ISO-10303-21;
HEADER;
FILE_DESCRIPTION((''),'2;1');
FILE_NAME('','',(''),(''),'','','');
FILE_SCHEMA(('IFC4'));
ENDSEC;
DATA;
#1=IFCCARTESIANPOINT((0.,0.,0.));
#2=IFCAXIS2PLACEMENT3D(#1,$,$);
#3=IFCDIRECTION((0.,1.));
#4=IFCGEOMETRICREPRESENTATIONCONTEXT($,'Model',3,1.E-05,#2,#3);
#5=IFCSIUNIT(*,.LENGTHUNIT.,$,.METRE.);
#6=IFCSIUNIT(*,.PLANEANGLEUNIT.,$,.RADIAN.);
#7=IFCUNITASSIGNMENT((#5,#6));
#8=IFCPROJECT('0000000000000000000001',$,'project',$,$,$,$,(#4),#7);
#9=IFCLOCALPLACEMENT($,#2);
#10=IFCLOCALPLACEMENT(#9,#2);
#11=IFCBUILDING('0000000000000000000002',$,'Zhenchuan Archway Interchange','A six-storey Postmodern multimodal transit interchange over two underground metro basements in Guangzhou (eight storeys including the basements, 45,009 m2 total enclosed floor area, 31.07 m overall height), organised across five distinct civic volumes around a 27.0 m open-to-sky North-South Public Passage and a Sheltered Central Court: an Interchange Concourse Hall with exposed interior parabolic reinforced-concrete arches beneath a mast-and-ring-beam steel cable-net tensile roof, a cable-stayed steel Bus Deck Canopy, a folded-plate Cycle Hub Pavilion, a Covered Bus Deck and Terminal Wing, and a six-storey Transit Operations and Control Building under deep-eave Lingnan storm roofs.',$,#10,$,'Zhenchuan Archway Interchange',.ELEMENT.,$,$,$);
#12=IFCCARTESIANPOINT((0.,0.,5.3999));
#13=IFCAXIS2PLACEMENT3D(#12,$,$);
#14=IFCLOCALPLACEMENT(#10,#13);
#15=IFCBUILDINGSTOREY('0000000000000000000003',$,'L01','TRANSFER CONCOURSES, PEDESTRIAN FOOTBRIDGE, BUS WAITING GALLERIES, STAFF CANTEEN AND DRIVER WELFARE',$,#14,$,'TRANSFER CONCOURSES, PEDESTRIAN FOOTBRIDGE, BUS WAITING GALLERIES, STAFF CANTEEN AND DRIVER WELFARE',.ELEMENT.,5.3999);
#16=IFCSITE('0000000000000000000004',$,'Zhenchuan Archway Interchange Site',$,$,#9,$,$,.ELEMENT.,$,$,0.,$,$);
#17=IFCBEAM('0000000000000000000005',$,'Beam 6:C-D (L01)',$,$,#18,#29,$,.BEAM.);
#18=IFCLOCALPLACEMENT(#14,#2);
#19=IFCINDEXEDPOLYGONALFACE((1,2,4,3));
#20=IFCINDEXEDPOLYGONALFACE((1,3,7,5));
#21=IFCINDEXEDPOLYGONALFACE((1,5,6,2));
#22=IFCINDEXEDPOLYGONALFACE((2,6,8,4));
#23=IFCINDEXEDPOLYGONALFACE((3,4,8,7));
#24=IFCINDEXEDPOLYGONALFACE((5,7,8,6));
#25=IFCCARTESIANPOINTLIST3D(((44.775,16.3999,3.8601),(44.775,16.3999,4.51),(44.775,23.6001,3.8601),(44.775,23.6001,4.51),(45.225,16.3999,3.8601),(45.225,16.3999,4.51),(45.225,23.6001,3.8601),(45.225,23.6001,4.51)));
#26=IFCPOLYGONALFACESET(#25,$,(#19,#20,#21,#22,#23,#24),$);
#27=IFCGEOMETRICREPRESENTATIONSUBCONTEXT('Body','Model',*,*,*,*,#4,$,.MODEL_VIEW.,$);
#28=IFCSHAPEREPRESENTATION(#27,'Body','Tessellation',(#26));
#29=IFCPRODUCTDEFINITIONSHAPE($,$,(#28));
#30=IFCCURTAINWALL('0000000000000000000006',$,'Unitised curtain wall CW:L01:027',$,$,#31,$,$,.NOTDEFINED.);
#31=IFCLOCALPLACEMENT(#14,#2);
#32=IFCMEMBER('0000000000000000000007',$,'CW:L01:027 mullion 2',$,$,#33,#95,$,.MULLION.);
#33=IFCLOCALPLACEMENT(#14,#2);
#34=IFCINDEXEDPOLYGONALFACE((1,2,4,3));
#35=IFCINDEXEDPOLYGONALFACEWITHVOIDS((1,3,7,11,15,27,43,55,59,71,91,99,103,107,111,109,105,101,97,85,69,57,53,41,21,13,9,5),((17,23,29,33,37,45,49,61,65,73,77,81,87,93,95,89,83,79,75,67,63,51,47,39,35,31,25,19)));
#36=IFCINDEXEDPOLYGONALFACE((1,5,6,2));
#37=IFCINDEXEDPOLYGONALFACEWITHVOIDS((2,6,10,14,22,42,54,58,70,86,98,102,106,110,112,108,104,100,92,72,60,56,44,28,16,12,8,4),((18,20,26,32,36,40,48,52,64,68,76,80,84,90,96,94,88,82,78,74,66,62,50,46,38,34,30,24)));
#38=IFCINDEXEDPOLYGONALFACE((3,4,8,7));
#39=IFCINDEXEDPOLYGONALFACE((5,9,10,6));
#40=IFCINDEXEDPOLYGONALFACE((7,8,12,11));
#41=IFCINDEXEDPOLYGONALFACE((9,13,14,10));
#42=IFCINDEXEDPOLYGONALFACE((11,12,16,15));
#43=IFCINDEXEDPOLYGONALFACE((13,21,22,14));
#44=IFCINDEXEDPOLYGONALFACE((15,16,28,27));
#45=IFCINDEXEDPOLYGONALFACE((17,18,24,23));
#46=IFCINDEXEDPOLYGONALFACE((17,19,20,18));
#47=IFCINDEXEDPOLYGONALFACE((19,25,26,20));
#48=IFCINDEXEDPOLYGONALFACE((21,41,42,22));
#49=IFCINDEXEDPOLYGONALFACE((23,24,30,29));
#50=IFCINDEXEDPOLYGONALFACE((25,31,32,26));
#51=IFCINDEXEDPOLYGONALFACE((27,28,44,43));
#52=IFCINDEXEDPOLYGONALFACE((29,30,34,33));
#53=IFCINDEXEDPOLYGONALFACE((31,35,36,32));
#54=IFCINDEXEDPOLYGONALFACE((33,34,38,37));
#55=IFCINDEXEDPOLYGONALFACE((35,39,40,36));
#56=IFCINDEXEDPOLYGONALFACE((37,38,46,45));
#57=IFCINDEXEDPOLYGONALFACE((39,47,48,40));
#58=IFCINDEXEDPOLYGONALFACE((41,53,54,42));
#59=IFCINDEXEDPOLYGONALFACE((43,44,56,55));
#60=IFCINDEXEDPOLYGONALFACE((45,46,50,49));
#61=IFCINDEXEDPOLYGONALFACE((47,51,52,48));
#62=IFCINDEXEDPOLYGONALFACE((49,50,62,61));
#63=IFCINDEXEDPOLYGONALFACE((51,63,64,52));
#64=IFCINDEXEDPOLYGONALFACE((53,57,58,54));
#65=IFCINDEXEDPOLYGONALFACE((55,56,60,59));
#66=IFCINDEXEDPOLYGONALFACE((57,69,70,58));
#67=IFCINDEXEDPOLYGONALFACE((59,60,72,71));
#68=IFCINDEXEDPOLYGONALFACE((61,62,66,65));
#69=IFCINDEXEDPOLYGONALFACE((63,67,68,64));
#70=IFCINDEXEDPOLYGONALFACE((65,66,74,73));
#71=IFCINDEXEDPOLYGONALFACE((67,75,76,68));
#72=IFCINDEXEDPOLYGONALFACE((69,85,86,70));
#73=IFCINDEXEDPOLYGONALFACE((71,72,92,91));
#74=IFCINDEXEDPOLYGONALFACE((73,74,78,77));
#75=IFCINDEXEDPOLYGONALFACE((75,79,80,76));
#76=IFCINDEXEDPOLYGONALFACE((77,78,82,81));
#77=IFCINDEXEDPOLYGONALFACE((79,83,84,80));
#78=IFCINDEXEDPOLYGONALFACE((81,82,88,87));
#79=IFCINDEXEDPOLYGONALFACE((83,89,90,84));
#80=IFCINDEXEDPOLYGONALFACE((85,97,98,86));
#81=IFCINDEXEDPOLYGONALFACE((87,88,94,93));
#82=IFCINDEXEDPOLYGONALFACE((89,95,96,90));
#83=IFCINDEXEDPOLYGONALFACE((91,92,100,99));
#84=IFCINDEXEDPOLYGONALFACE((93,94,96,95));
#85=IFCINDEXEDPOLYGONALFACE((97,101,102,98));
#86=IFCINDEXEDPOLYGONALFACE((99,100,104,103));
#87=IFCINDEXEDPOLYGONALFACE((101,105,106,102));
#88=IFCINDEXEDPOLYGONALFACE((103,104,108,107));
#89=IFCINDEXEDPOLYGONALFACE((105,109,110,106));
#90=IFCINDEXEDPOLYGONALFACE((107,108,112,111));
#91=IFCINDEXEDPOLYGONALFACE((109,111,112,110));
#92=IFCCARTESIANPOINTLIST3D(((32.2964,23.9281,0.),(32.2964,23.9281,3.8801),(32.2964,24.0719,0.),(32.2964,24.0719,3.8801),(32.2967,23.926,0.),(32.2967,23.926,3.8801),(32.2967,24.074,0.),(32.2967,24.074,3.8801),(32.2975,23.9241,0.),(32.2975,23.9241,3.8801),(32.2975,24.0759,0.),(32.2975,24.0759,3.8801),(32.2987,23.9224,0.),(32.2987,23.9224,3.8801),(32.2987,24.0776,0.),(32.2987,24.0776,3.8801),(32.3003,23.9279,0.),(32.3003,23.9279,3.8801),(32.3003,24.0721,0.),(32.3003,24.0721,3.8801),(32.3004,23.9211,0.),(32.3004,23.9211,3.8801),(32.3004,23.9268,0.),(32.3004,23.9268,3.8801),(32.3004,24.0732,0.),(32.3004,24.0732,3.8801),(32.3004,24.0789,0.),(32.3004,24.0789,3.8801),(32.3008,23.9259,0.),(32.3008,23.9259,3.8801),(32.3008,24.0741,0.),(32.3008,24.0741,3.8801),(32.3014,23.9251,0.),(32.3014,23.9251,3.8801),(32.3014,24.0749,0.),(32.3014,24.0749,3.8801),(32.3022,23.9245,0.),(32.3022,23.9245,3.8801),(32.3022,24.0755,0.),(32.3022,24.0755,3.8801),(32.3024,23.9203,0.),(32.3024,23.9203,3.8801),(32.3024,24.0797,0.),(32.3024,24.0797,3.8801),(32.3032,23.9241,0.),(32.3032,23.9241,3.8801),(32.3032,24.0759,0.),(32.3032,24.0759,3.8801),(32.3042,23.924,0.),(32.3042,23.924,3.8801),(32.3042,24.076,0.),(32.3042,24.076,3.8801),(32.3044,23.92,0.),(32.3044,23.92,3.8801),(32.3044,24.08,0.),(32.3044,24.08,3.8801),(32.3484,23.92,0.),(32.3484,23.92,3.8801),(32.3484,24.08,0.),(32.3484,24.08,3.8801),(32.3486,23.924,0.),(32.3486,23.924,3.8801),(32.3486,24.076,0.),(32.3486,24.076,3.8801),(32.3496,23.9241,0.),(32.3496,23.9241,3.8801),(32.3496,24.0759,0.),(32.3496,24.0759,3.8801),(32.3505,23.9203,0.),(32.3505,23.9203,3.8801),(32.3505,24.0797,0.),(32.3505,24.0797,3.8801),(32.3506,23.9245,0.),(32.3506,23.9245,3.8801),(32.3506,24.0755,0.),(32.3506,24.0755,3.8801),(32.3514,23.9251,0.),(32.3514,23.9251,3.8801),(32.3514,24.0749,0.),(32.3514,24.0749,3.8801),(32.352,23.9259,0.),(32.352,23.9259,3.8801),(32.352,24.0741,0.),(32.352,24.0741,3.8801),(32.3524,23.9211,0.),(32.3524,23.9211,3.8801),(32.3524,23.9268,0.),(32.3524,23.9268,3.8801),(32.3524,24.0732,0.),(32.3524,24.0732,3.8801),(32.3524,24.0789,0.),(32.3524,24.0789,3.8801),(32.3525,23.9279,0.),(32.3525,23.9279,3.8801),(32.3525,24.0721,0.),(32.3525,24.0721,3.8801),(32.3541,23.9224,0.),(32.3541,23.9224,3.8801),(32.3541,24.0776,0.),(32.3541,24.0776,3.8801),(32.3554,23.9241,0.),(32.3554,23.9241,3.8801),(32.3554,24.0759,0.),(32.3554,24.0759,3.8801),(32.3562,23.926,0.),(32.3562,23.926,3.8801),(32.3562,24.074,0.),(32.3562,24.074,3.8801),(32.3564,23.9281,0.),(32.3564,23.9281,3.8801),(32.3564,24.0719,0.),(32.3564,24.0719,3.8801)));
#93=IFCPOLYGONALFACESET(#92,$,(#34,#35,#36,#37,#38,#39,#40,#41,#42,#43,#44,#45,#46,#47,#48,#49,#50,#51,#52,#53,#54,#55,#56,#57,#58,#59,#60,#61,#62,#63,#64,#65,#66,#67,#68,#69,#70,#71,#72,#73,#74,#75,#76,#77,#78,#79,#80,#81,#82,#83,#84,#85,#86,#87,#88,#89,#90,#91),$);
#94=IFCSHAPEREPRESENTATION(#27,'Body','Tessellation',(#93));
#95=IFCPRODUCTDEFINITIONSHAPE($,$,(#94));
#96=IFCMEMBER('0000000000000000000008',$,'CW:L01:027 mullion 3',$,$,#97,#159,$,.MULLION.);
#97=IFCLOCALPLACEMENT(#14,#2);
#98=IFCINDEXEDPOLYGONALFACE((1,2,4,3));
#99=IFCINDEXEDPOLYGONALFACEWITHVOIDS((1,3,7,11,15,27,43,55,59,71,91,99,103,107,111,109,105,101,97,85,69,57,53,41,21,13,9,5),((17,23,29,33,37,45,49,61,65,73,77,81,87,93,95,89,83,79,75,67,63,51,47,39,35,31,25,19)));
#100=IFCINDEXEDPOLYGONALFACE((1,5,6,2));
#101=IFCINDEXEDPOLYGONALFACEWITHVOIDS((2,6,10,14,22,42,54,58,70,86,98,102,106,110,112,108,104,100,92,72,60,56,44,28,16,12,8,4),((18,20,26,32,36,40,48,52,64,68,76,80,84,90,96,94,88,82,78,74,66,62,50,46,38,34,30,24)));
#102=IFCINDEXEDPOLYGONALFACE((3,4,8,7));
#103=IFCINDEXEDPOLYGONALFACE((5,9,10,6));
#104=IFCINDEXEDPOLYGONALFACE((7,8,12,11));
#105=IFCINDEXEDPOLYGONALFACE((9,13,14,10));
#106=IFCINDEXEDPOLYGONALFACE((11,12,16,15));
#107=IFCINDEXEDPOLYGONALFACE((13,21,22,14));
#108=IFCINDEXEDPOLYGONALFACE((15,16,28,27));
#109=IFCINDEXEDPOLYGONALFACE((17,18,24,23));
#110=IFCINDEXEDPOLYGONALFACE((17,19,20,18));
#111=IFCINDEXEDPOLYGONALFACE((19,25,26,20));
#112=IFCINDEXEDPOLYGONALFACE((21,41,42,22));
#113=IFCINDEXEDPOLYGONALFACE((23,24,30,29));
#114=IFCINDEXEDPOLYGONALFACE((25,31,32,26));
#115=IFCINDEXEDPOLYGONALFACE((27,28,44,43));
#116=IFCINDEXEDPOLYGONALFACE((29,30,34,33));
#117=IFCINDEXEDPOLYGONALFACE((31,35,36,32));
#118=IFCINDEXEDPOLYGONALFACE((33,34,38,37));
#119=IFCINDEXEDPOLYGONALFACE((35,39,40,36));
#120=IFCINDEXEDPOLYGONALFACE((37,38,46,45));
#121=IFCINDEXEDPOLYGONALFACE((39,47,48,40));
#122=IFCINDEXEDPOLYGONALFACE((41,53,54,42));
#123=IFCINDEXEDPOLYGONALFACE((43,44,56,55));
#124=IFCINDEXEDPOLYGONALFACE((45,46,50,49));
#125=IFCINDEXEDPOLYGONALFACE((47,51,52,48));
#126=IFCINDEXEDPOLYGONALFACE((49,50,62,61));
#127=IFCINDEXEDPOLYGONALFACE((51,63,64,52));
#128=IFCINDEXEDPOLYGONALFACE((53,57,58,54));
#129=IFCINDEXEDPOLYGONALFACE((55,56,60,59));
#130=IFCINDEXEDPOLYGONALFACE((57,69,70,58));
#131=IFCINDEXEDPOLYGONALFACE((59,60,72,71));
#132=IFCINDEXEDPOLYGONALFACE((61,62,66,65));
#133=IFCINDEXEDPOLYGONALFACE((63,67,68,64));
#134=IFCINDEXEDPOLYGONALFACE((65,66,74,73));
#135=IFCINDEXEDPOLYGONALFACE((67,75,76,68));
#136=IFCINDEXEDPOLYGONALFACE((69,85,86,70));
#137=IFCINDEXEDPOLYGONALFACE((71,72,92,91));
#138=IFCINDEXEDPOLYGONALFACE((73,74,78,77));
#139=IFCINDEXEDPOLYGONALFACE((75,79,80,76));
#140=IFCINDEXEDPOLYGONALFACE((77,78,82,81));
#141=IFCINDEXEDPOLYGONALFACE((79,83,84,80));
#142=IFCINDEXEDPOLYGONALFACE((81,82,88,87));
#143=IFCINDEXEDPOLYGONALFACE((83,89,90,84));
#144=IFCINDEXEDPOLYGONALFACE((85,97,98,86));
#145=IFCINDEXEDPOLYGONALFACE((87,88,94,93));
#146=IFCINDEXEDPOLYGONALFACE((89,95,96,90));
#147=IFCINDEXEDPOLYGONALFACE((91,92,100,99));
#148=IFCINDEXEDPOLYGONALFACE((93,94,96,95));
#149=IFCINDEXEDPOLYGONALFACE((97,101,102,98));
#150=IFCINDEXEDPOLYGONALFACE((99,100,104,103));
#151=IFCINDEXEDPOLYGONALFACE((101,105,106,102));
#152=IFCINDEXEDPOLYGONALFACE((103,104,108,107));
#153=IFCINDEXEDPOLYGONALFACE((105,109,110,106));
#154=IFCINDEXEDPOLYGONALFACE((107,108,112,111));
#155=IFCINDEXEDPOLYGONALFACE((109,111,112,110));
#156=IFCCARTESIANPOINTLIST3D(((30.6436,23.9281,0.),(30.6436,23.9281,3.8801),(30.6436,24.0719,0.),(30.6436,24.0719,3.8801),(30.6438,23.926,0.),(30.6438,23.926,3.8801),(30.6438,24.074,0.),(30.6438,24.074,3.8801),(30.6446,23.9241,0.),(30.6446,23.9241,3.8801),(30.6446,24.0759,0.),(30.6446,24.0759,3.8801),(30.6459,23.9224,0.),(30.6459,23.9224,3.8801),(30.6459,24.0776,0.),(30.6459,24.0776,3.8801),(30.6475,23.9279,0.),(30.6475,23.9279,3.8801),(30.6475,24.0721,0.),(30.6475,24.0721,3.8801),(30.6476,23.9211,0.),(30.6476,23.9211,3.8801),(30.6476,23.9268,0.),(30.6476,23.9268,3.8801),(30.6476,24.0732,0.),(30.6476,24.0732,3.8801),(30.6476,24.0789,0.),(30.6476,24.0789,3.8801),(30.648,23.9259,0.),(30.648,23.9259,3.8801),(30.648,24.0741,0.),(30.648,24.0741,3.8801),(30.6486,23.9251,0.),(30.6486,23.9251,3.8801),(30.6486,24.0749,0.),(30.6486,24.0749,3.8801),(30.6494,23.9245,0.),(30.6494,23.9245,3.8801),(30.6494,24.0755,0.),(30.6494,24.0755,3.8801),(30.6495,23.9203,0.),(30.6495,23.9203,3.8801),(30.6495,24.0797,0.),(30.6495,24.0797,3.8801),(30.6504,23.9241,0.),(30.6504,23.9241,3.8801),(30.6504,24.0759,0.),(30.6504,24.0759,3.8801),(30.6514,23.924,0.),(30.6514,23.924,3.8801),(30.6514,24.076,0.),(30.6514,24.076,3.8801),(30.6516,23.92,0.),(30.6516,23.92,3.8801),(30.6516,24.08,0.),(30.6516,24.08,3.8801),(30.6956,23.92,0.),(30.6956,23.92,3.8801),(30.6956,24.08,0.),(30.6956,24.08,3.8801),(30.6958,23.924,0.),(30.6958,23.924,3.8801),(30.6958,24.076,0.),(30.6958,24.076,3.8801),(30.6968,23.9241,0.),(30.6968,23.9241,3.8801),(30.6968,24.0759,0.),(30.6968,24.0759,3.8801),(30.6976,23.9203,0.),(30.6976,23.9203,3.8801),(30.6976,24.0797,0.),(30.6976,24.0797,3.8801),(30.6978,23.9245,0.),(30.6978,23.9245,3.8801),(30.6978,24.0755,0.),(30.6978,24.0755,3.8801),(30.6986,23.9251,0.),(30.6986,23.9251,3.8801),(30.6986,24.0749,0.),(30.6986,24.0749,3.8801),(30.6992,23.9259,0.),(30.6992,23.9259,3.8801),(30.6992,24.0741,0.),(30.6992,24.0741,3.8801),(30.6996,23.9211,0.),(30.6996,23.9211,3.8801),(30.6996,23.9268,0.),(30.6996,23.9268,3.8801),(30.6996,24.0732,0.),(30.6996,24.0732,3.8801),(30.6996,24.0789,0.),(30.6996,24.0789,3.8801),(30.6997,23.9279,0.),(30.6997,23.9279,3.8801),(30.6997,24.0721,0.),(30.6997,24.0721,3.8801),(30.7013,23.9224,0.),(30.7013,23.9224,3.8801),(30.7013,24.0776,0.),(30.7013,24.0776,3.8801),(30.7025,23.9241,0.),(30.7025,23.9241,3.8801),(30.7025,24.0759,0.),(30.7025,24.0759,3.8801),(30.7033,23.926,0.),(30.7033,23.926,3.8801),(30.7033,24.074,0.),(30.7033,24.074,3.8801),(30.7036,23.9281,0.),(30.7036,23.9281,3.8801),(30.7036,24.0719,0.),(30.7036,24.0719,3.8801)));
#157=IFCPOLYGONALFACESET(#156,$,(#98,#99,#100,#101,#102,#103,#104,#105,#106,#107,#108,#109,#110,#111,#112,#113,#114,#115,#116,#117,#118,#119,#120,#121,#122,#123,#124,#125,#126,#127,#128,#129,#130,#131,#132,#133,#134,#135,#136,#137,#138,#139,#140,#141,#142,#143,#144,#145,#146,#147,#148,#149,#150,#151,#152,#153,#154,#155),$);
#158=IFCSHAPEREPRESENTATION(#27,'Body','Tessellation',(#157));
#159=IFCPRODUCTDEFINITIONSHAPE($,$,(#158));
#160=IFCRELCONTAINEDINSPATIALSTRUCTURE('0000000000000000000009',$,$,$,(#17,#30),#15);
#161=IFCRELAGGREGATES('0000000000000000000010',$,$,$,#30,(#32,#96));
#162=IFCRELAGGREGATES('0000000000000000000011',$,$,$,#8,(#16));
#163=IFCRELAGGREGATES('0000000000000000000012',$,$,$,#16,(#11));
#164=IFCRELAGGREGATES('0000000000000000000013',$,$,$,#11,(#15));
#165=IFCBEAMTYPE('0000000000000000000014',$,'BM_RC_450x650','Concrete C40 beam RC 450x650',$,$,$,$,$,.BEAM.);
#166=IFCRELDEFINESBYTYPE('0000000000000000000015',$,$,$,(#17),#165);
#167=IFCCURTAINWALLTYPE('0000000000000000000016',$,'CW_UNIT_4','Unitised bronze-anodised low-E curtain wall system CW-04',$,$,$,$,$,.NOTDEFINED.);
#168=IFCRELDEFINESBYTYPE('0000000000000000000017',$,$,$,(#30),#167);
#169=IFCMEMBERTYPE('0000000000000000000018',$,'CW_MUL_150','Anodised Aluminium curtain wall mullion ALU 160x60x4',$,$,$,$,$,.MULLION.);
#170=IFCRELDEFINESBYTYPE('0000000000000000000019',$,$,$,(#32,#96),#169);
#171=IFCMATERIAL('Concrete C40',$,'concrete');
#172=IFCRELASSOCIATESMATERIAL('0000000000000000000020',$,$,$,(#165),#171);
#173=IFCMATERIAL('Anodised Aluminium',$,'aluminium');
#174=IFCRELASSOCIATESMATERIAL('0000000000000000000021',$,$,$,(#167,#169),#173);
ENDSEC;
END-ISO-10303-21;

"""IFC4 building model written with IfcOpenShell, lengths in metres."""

from ifc_helpers import new_model, si_unit, direction, frame, origin, origin_2d, place, context, subcontext, project, spatial, rectangle, hollow_rectangle, extrude, material, material_profile, profile_set, type_object, element, aggregate, save


model = new_model("IFC4")

# Units and contexts
model_context = context("Model", 3, precision=1e-05, world=origin(), true_north=direction((0.0, 1.0)))
body_context = subcontext(model_context, "Body", "Model", "MODEL_VIEW")
ifc_project = project(units=[si_unit("LENGTHUNIT", "METRE"), si_unit("PLANEANGLEUNIT", "RADIAN")], contexts=[model_context])

# Site, building, storey
site_placement = place(None, origin())
site = spatial("IfcSite", under=ifc_project, at=site_placement, Name="Zhenchuan Archway Interchange Site", CompositionType="ELEMENT", RefElevation=0.0)
building_placement = place(site_placement, origin())
building = spatial("IfcBuilding", under=site, at=building_placement, Name="Zhenchuan Archway Interchange", Description="A six-storey Postmodern multimodal transit interchange over two underground metro basements in Guangzhou (eight storeys including the basements, 45,009 m2 total enclosed floor area, 31.07 m overall height), organised across five distinct civic volumes around a 27.0 m open-to-sky North-South Public Passage and a Sheltered Central Court: an Interchange Concourse Hall with exposed interior parabolic reinforced-concrete arches beneath a mast-and-ring-beam steel cable-net tensile roof, a cable-stayed steel Bus Deck Canopy, a folded-plate Cycle Hub Pavilion, a Covered Bus Deck and Terminal Wing, and a six-storey Transit Operations and Control Building under deep-eave Lingnan storm roofs.", LongName="Zhenchuan Archway Interchange", CompositionType="ELEMENT")
storey_placement = place(building_placement, frame((0.0, 0.0, 5.3999)))
storey = spatial("IfcBuildingStorey", under=building, at=storey_placement, Name="L01", Description="TRANSFER CONCOURSES, PEDESTRIAN FOOTBRIDGE, BUS WAITING GALLERIES, STAFF CANTEEN AND DRIVER WELFARE", LongName="TRANSFER CONCOURSES, PEDESTRIAN FOOTBRIDGE, BUS WAITING GALLERIES, STAFF CANTEEN AND DRIVER WELFARE", CompositionType="ELEMENT", Elevation=5.3999)

# Beam
ifc_material_1 = material(Name="Concrete C40", Category="concrete")
ifc_material_profile_1 = material_profile(ifc_material_1, rectangle(XDim=0.45, YDim=0.6499, at=origin_2d()), Name="RC 450x650")
ifc_profile_set_1 = profile_set([ifc_material_profile_1], Name="Concrete C40")
beam_type_1 = type_object("IfcBeamType", Name="BM_RC_450x650", Description="Concrete C40 beam RC 450x650", PredefinedType="BEAM", material=ifc_profile_set_1)
beam_1_placement = place(storey_placement, frame((45.0, 16.3999, 4.1851), z_axis=(0.0, 1.0, 0.0), x_axis=(-1.0, 0.0, 0.0)))
element("IfcBeam", 1, at=beam_1_placement, inside=storey, type_object=beam_type_1, Name="Beam 6:C-D (L01)", PredefinedType="BEAM", context=body_context, shape_type="SweptSolid", body=[
    extrude(rectangle(XDim=0.45, YDim=0.6499, at=origin_2d()), origin(), (0.0, 0.0, 1.0), 7.2002),
])

# Curtain wall, members
ifc_material_2 = material(Name="Anodised Aluminium", Category="aluminium")
curtain_wall_type = type_object("IfcCurtainWallType", Name="CW_UNIT_4", Description="Unitised bronze-anodised low-E curtain wall system CW-04", PredefinedType="NOTDEFINED", material=ifc_material_2)
curtain_wall_placement = place(storey_placement, origin())
curtain_wall = element("IfcCurtainWall", 2, at=curtain_wall_placement, inside=storey, type_object=curtain_wall_type, Name="Unitised curtain wall CW:L01:027", PredefinedType="NOTDEFINED")
ifc_material_profile_2 = material_profile(ifc_material_2, hollow_rectangle(XDim=0.0601, YDim=0.1599, WallThickness=0.0039, InnerFilletRadius=0.0039, OuterFilletRadius=0.0081, at=origin_2d()), Name="ALU 160x60x4")
ifc_profile_set_2 = profile_set([ifc_material_profile_2], Name="Anodised Aluminium")
member_type_1 = type_object("IfcMemberType", Name="CW_MUL_150", Description="Anodised Aluminium curtain wall mullion ALU 160x60x4", PredefinedType="MULLION", material=ifc_profile_set_2)
member_1_placement = place(storey_placement, frame((32.3264, 24.0, 0.0), z_axis=(0.0, 0.0, 1.0), x_axis=(1.0, 0.0, 0.0)))
member_1 = element("IfcMember", 3, at=member_1_placement, type_object=member_type_1, Name="CW:L01:027 mullion 2", PredefinedType="MULLION", context=body_context, shape_type="SweptSolid", body=[
    extrude(hollow_rectangle(XDim=0.0601, YDim=0.1599, WallThickness=0.0039, InnerFilletRadius=0.0039, OuterFilletRadius=0.0081, at=origin_2d()), origin(), (0.0, 0.0, 1.0), 3.8801),
])
member_2_placement = place(storey_placement, frame((30.6736, 24.0, 0.0), z_axis=(0.0, 0.0, 1.0), x_axis=(1.0, 0.0, 0.0)))
member_2 = element("IfcMember", 4, at=member_2_placement, type_object=member_type_1, Name="CW:L01:027 mullion 3", PredefinedType="MULLION", context=body_context, shape_type="SweptSolid", body=[
    extrude(hollow_rectangle(XDim=0.0601, YDim=0.1599, WallThickness=0.0039, InnerFilletRadius=0.0039, OuterFilletRadius=0.0081, at=origin_2d()), origin(), (0.0, 0.0, 1.0), 3.8801),
])

aggregate(curtain_wall, [member_1, member_2])

save(model, "model.ifc")
